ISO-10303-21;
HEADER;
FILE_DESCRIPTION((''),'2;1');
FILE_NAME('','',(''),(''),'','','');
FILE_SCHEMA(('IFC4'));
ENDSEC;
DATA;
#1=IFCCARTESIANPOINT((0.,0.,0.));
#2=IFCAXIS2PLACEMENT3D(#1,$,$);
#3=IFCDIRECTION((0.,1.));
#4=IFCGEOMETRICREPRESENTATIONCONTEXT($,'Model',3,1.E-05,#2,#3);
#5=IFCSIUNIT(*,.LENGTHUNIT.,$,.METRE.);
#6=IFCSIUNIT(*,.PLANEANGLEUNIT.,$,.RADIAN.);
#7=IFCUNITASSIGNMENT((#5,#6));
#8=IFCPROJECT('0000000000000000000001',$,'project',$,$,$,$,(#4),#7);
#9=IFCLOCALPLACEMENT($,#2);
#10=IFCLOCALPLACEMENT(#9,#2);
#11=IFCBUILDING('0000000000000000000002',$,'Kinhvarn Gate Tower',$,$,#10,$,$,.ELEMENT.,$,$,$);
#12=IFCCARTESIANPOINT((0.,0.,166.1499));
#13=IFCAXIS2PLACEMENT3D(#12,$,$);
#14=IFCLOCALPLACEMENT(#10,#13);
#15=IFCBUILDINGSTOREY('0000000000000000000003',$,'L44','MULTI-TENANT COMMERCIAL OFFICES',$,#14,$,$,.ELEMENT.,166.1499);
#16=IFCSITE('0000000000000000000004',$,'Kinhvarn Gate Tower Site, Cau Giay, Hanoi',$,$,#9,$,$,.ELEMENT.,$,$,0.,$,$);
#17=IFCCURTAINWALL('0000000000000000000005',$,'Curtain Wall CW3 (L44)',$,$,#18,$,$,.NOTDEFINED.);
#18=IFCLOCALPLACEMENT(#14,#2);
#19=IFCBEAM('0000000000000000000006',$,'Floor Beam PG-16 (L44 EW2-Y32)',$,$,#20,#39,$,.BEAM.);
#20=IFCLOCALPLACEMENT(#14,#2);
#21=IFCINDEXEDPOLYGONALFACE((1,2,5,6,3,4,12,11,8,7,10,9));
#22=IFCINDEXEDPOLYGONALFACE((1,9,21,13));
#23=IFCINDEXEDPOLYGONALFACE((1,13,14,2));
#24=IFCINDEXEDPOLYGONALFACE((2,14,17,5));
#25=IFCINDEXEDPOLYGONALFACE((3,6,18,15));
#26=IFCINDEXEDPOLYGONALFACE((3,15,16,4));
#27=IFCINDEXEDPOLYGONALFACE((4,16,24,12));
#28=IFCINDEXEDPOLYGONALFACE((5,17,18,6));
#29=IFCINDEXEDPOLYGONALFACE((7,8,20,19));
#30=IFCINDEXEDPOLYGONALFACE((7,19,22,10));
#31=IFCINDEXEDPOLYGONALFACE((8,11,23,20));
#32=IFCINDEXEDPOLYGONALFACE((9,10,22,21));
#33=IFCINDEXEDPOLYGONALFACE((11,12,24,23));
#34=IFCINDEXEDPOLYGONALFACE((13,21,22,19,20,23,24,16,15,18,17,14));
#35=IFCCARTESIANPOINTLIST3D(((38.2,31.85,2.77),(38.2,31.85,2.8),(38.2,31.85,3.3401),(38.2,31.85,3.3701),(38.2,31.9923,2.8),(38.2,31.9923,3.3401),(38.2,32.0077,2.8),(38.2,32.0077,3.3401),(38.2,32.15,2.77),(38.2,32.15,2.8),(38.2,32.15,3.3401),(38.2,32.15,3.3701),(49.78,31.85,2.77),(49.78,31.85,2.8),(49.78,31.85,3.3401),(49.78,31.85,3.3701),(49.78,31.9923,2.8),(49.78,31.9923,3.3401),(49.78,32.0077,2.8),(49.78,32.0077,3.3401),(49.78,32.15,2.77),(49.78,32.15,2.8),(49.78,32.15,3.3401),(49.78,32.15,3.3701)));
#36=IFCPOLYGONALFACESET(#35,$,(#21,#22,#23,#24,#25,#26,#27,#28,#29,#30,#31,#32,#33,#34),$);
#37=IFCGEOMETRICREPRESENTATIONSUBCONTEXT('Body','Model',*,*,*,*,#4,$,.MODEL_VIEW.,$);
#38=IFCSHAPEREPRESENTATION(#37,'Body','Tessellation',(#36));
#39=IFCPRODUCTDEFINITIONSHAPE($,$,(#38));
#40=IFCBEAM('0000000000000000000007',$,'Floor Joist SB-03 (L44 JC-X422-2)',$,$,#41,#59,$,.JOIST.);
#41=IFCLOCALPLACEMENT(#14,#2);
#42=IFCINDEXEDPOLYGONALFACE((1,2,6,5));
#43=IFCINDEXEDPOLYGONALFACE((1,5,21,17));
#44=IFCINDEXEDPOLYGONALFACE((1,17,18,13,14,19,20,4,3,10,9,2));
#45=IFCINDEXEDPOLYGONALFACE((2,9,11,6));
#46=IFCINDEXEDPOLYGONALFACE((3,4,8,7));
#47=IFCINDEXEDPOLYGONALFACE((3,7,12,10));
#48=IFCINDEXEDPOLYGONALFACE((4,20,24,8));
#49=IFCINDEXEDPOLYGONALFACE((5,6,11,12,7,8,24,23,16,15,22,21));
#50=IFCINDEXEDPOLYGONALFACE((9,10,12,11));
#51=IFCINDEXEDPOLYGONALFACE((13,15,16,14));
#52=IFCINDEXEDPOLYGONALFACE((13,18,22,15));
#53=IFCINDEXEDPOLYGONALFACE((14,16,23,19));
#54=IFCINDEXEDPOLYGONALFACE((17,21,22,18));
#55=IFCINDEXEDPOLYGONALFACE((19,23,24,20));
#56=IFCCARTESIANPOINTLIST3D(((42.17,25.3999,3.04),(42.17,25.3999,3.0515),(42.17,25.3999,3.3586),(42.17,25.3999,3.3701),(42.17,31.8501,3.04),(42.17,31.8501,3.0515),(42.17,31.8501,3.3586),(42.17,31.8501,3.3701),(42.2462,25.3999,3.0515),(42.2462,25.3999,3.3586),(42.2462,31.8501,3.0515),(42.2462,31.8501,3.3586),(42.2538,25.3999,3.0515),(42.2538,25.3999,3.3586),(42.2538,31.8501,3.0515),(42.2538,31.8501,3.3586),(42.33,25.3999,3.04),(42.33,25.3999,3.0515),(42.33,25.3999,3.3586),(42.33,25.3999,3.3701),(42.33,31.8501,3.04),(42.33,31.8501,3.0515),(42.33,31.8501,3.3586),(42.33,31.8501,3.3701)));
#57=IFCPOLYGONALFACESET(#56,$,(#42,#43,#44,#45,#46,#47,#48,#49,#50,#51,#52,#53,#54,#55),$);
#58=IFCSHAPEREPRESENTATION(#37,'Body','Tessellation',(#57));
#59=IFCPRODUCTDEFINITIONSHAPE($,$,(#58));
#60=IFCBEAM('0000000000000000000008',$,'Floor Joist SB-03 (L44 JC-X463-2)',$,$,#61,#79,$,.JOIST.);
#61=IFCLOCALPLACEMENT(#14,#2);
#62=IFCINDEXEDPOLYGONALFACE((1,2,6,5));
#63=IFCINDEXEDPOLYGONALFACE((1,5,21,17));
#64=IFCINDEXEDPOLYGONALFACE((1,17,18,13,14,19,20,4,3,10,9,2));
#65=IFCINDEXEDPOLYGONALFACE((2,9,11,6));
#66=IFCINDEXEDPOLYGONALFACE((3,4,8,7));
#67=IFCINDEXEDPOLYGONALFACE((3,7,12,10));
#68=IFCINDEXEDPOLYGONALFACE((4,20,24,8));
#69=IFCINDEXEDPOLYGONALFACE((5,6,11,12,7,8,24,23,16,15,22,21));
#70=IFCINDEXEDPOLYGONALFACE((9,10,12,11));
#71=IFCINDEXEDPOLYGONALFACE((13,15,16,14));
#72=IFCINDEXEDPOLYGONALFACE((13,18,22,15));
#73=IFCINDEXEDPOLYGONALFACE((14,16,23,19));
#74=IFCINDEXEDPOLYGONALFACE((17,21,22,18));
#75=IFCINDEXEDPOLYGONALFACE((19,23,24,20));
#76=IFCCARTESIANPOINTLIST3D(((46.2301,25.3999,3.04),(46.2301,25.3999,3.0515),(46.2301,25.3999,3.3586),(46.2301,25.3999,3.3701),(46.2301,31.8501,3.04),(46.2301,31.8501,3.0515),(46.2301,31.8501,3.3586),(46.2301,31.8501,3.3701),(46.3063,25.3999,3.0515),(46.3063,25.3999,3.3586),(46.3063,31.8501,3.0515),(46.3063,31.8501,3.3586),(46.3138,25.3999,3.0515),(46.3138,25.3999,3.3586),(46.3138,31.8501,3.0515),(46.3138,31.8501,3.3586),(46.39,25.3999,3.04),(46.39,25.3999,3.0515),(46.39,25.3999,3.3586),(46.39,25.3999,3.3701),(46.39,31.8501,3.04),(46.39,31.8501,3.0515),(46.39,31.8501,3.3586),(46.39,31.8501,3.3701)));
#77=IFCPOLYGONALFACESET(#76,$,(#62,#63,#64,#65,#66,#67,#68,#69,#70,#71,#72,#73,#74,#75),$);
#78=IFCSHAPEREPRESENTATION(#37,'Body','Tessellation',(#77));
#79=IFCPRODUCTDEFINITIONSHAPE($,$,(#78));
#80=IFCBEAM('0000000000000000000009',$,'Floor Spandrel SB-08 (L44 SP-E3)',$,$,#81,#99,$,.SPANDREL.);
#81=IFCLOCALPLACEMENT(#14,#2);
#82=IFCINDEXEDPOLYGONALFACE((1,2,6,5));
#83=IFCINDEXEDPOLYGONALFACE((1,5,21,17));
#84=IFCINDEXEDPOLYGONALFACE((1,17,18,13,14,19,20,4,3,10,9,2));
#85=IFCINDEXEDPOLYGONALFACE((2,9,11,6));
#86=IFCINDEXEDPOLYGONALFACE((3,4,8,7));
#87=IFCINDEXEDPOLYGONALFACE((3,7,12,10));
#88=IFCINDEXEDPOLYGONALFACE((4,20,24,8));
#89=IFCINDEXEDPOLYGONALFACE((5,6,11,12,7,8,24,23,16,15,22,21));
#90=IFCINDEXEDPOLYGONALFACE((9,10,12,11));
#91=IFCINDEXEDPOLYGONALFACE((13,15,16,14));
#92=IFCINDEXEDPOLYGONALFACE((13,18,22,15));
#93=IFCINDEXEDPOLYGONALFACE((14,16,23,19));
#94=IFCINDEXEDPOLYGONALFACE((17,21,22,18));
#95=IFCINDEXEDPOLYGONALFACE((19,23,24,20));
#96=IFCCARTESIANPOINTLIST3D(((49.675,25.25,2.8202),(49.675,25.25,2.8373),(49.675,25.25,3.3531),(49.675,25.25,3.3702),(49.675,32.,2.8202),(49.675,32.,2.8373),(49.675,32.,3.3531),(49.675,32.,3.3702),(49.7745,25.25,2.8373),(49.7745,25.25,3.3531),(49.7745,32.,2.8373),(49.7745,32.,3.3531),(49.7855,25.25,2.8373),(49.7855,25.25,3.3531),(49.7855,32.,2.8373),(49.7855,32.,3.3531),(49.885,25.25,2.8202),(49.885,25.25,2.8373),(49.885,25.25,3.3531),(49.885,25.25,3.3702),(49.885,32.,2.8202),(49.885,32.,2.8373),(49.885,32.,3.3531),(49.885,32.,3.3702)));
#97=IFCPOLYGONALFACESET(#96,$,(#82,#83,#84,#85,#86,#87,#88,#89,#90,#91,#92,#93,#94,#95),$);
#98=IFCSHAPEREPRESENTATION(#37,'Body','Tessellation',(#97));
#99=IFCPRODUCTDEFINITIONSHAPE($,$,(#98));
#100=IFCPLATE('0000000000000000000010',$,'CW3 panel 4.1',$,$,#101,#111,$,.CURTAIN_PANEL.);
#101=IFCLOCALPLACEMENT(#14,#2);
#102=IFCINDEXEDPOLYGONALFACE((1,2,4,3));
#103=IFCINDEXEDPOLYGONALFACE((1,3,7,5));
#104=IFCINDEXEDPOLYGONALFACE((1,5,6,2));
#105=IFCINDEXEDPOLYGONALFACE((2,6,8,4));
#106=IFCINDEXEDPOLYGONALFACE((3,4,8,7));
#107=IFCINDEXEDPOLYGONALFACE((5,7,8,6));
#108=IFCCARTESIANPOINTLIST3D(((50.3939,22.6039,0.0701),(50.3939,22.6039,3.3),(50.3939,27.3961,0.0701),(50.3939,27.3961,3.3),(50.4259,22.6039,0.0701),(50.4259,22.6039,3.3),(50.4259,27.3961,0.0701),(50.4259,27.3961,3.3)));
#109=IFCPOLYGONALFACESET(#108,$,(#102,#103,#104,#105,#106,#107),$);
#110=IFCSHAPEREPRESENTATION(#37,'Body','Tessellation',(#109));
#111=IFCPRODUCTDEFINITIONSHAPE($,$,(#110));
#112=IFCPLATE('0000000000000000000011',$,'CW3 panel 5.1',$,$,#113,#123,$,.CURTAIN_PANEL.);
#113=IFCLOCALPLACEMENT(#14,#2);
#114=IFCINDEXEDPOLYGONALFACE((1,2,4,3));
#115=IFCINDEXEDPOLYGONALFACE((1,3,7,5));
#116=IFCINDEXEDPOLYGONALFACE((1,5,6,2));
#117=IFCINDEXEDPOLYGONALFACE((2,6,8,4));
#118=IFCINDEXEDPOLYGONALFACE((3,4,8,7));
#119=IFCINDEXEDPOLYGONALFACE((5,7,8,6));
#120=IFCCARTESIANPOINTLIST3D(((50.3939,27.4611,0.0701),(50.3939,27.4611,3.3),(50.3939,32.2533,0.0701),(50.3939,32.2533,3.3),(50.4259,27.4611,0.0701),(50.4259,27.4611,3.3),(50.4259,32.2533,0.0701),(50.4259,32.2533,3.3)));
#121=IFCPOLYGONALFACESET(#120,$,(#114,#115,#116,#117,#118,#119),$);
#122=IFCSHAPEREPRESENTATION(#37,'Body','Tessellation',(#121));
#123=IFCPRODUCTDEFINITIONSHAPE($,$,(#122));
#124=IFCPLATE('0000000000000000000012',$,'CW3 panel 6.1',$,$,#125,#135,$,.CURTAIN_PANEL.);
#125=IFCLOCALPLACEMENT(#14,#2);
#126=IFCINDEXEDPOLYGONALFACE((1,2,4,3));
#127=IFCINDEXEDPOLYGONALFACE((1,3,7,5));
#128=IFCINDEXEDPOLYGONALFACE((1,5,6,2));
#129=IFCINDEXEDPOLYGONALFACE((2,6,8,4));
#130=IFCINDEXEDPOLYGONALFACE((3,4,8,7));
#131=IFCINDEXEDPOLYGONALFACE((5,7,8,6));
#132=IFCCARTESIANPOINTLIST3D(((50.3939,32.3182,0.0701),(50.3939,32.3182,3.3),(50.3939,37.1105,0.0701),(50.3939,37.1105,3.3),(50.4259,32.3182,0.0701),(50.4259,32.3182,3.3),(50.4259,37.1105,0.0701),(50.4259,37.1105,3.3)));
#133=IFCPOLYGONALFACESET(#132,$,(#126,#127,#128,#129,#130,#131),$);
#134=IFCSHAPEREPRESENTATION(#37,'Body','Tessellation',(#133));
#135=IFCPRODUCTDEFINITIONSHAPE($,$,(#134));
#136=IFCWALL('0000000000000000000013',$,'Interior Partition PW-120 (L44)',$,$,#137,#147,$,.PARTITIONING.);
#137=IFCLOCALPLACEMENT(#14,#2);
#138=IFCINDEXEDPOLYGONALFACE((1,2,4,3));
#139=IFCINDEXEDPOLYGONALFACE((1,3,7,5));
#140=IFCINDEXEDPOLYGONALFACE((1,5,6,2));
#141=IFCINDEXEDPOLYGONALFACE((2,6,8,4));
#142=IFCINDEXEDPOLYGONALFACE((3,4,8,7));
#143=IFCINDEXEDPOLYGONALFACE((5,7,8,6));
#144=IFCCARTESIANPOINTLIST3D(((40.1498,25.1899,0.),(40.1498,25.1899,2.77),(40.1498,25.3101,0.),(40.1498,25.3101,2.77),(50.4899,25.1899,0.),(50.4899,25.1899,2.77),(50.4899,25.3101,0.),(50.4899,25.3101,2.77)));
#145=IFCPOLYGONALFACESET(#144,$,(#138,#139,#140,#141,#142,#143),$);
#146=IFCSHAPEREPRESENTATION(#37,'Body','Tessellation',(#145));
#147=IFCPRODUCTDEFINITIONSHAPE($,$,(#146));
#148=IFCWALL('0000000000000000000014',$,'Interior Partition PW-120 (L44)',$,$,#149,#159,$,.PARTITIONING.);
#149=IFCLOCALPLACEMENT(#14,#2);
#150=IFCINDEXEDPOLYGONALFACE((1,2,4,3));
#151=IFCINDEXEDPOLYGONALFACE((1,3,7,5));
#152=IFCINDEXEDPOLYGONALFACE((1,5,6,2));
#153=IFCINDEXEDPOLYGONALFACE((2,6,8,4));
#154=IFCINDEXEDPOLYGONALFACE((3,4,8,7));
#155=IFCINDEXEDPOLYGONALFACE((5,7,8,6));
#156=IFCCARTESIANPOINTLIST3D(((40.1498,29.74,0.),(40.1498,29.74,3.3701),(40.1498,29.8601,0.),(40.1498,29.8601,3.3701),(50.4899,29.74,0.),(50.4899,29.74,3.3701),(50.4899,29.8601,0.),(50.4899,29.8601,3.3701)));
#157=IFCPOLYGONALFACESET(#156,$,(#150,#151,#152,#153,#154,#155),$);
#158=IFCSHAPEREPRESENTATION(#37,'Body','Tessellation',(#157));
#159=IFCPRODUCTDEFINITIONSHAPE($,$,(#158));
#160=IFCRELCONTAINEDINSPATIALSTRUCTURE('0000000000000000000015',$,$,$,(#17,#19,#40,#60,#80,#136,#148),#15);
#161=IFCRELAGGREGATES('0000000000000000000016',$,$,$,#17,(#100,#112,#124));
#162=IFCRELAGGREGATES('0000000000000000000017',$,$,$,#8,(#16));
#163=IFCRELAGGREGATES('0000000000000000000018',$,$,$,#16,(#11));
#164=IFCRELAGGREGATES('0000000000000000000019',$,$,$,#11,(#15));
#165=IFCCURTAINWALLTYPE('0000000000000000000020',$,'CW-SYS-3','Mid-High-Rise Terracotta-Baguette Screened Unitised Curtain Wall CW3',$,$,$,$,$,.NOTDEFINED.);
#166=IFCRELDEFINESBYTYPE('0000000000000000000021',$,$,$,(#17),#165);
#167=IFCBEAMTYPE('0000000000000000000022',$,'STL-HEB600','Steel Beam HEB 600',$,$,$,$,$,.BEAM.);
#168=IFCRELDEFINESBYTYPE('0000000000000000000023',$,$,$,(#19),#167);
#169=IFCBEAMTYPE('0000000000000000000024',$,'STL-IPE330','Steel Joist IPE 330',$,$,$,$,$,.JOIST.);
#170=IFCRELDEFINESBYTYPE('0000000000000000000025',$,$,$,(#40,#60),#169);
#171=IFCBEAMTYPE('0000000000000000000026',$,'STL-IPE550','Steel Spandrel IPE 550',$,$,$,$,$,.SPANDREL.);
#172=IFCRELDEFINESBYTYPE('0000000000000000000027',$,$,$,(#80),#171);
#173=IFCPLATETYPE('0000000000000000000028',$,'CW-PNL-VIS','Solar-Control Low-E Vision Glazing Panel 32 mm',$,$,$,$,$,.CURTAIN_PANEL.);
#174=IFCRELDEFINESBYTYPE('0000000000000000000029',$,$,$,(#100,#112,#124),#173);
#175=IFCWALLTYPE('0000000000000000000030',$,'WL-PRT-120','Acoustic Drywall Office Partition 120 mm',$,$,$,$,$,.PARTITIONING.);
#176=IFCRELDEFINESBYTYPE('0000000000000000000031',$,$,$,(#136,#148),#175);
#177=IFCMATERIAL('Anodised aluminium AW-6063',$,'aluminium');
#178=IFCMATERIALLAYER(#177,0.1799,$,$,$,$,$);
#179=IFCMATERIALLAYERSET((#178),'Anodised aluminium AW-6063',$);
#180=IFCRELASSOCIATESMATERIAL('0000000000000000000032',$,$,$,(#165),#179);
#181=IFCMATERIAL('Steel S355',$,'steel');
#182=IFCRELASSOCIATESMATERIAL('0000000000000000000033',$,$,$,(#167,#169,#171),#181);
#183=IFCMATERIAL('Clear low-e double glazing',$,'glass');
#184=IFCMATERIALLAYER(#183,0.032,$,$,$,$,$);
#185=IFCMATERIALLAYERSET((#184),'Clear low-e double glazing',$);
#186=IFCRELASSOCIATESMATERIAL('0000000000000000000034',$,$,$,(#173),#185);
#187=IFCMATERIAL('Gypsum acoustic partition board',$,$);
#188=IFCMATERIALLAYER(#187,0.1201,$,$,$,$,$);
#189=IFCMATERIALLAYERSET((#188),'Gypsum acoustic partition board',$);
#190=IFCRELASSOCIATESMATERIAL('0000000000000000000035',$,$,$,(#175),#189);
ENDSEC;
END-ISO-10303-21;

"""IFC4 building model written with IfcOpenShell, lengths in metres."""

from ifc_helpers import new_model, si_unit, direction, frame, frame_2d, origin, origin_2d, place, context, subcontext, project, spatial, rectangle, i_section, extrude, material, layer, layer_set, material_profile, profile_set, type_object, element, aggregate, save


model = new_model("IFC4")

# Units and contexts
model_context = context("Model", 3, precision=1e-05, world=origin(), true_north=direction((0.0, 1.0)))
body_context = subcontext(model_context, "Body", "Model", "MODEL_VIEW")
ifc_project = project(units=[si_unit("LENGTHUNIT", "METRE"), si_unit("PLANEANGLEUNIT", "RADIAN")], contexts=[model_context])

# Site, building, storey
site_placement = place(None, origin())
site = spatial("IfcSite", under=ifc_project, at=site_placement, Name="Kinhvarn Gate Tower Site, Cau Giay, Hanoi", CompositionType="ELEMENT", RefElevation=0.0)
building_placement = place(site_placement, origin())
building = spatial("IfcBuilding", under=site, at=building_placement, Name="Kinhvarn Gate Tower", CompositionType="ELEMENT")
storey_placement = place(building_placement, frame((0.0, 0.0, 166.1499)))
storey = spatial("IfcBuildingStorey", under=building, at=storey_placement, Name="L44", Description="MULTI-TENANT COMMERCIAL OFFICES", CompositionType="ELEMENT", Elevation=166.1499)

# Curtain wall
ifc_material_1 = material(Name="Anodised aluminium AW-6063", Category="aluminium")
ifc_layer_1 = layer(ifc_material_1, 0.1799)
ifc_layer_set_1 = layer_set([ifc_layer_1], Name="Anodised aluminium AW-6063")
curtain_wall_type = type_object("IfcCurtainWallType", Name="CW-SYS-3", Description="Mid-High-Rise Terracotta-Baguette Screened Unitised Curtain Wall CW3", PredefinedType="NOTDEFINED", material=ifc_layer_set_1)
curtain_wall_placement = place(storey_placement, origin())
curtain_wall = element("IfcCurtainWall", 1, at=curtain_wall_placement, inside=storey, type_object=curtain_wall_type, Name="Curtain Wall CW3 (L44)", PredefinedType="NOTDEFINED")

# Beams
ifc_material_2 = material(Name="Steel S355", Category="steel")
ifc_material_profile_1 = material_profile(ifc_material_2, i_section(OverallWidth=0.3, OverallDepth=0.6001, WebThickness=0.0154, FlangeThickness=0.03, at=origin_2d()), Name="HEB 600")
ifc_profile_set_1 = profile_set([ifc_material_profile_1], Name="Steel S355")
beam_type_1 = type_object("IfcBeamType", Name="STL-HEB600", Description="Steel Beam HEB 600", PredefinedType="BEAM", material=ifc_profile_set_1)
beam_1_placement = place(storey_placement, frame((38.2, 32.0, 3.0701), z_axis=(1.0, 0.0, 0.0), x_axis=(0.0, 1.0, 0.0)))
element("IfcBeam", 2, at=beam_1_placement, inside=storey, type_object=beam_type_1, Name="Floor Beam PG-16 (L44 EW2-Y32)", PredefinedType="BEAM", context=body_context, shape_type="SweptSolid", body=[
    extrude(i_section(OverallWidth=0.3, OverallDepth=0.6001, WebThickness=0.0154, FlangeThickness=0.03, at=origin_2d()), origin(), (0.0, 0.0, 1.0), 11.5801),
])
ifc_material_profile_2 = material_profile(ifc_material_2, i_section(OverallWidth=0.1599, OverallDepth=0.3301, WebThickness=0.0076, FlangeThickness=0.0115, at=origin_2d()), Name="IPE 330")
ifc_profile_set_2 = profile_set([ifc_material_profile_2], Name="Steel S355")
beam_type_2 = type_object("IfcBeamType", Name="STL-IPE330", Description="Steel Joist IPE 330", PredefinedType="JOIST", material=ifc_profile_set_2)
for number, where, z_axis, x_axis, name in (
    (3, (42.25, 25.3999, 3.2051), (0.0, 1.0, 0.0), (-1.0, 0.0, 0.0), "Floor Joist SB-03 (L44 JC-X422-2)"),
    (4, (46.3101, 25.3999, 3.2051), (0.0, 1.0, 0.0), (-1.0, 0.0, 0.0), "Floor Joist SB-03 (L44 JC-X463-2)"),
):
    element("IfcBeam", number, at=place(storey_placement, frame(where, z_axis=z_axis, x_axis=x_axis)), inside=storey, type_object=beam_type_2, Name=name, PredefinedType="JOIST", context=body_context, shape_type="SweptSolid", body=[
        extrude(i_section(OverallWidth=0.1599, OverallDepth=0.3301, WebThickness=0.0076, FlangeThickness=0.0115, at=origin_2d()), origin(), (0.0, 0.0, 1.0), 6.4502),
    ])
ifc_material_profile_3 = material_profile(ifc_material_2, i_section(OverallWidth=0.21, OverallDepth=0.55, WebThickness=0.011, FlangeThickness=0.0171, at=origin_2d()), Name="IPE 550")
ifc_profile_set_3 = profile_set([ifc_material_profile_3], Name="Steel S355")
beam_type_3 = type_object("IfcBeamType", Name="STL-IPE550", Description="Steel Spandrel IPE 550", PredefinedType="SPANDREL", material=ifc_profile_set_3)
beam_2_placement = place(storey_placement, frame((49.78, 25.25, 3.0952), z_axis=(0.0, 1.0, 0.0), x_axis=(-1.0, 0.0, 0.0)))
element("IfcBeam", 5, at=beam_2_placement, inside=storey, type_object=beam_type_3, Name="Floor Spandrel SB-08 (L44 SP-E3)", PredefinedType="SPANDREL", context=body_context, shape_type="SweptSolid", body=[
    extrude(i_section(OverallWidth=0.21, OverallDepth=0.55, WebThickness=0.011, FlangeThickness=0.0171, at=origin_2d()), origin(), (0.0, 0.0, 1.0), 6.75),
])

# Plates
ifc_material_3 = material(Name="Clear low-e double glazing", Category="glass")
ifc_layer_2 = layer(ifc_material_3, 0.032)
ifc_layer_set_2 = layer_set([ifc_layer_2], Name="Clear low-e double glazing")
plate_type = type_object("IfcPlateType", Name="CW-PNL-VIS", Description="Solar-Control Low-E Vision Glazing Panel 32 mm", PredefinedType="CURTAIN_PANEL", material=ifc_layer_set_2)
plate_1_placement = place(storey_placement, frame((50.4099, 25.0, 0.0701), z_axis=(0.0, 0.0, 1.0), x_axis=(0.0, 1.0, 0.0)))
plate_1 = element("IfcPlate", 6, at=plate_1_placement, type_object=plate_type, Name="CW3 panel 4.1", PredefinedType="CURTAIN_PANEL", context=body_context, shape_type="SweptSolid", body=[
    extrude(rectangle(XDim=4.7922, YDim=0.032, at=origin_2d()), origin(), (0.0, 0.0, 1.0), 3.23),
])
plate_2_placement = place(storey_placement, frame((50.4099, 29.8572, 0.0701), z_axis=(0.0, 0.0, 1.0), x_axis=(0.0, 1.0, 0.0)))
plate_2 = element("IfcPlate", 7, at=plate_2_placement, type_object=plate_type, Name="CW3 panel 5.1", PredefinedType="CURTAIN_PANEL", context=body_context, shape_type="SweptSolid", body=[
    extrude(rectangle(XDim=4.7922, YDim=0.032, at=origin_2d()), origin(), (0.0, 0.0, 1.0), 3.23),
])
plate_3_placement = place(storey_placement, frame((50.4099, 34.7144, 0.0701), z_axis=(0.0, 0.0, 1.0), x_axis=(0.0, 1.0, 0.0)))
plate_3 = element("IfcPlate", 8, at=plate_3_placement, type_object=plate_type, Name="CW3 panel 6.1", PredefinedType="CURTAIN_PANEL", context=body_context, shape_type="SweptSolid", body=[
    extrude(rectangle(XDim=4.7922, YDim=0.032, at=origin_2d()), origin(), (0.0, 0.0, 1.0), 3.23),
])
aggregate(curtain_wall, [plate_1, plate_2, plate_3])

# Walls
ifc_material_4 = material(Name="Gypsum acoustic partition board")
ifc_layer_3 = layer(ifc_material_4, 0.1201)
ifc_layer_set_3 = layer_set([ifc_layer_3], Name="Gypsum acoustic partition board")
wall_type_1 = type_object("IfcWallType", Name="WL-PRT-120", Description="Acoustic Drywall Office Partition 120 mm", PredefinedType="PARTITIONING", material=ifc_layer_set_3)
wall_1_placement = place(storey_placement, frame((40.1499, 25.25, 0.0), z_axis=(0.0, 0.0, 1.0), x_axis=(1.0, 0.0, 0.0)))
element("IfcWall", 9, at=wall_1_placement, inside=storey, type_object=wall_type_1, Name="Interior Partition PW-120 (L44)", PredefinedType="PARTITIONING", context=body_context, shape_type="SweptSolid", body=[
    extrude(rectangle(XDim=10.3401, YDim=0.1201, at=frame_2d((5.1699, 0.0))), origin(), (0.0, 0.0, 1.0), 2.77),
])
wall_2_placement = place(storey_placement, frame((40.1499, 29.8, 0.0), z_axis=(0.0, 0.0, 1.0), x_axis=(1.0, 0.0, 0.0)))
element("IfcWall", 10, at=wall_2_placement, inside=storey, type_object=wall_type_1, Name="Interior Partition PW-120 (L44)", PredefinedType="PARTITIONING", context=body_context, shape_type="SweptSolid", body=[
    extrude(rectangle(XDim=10.3401, YDim=0.1201, at=frame_2d((5.1699, 0.0))), origin(), (0.0, 0.0, 1.0), 3.3701),
])

save(model, "model.ifc")
